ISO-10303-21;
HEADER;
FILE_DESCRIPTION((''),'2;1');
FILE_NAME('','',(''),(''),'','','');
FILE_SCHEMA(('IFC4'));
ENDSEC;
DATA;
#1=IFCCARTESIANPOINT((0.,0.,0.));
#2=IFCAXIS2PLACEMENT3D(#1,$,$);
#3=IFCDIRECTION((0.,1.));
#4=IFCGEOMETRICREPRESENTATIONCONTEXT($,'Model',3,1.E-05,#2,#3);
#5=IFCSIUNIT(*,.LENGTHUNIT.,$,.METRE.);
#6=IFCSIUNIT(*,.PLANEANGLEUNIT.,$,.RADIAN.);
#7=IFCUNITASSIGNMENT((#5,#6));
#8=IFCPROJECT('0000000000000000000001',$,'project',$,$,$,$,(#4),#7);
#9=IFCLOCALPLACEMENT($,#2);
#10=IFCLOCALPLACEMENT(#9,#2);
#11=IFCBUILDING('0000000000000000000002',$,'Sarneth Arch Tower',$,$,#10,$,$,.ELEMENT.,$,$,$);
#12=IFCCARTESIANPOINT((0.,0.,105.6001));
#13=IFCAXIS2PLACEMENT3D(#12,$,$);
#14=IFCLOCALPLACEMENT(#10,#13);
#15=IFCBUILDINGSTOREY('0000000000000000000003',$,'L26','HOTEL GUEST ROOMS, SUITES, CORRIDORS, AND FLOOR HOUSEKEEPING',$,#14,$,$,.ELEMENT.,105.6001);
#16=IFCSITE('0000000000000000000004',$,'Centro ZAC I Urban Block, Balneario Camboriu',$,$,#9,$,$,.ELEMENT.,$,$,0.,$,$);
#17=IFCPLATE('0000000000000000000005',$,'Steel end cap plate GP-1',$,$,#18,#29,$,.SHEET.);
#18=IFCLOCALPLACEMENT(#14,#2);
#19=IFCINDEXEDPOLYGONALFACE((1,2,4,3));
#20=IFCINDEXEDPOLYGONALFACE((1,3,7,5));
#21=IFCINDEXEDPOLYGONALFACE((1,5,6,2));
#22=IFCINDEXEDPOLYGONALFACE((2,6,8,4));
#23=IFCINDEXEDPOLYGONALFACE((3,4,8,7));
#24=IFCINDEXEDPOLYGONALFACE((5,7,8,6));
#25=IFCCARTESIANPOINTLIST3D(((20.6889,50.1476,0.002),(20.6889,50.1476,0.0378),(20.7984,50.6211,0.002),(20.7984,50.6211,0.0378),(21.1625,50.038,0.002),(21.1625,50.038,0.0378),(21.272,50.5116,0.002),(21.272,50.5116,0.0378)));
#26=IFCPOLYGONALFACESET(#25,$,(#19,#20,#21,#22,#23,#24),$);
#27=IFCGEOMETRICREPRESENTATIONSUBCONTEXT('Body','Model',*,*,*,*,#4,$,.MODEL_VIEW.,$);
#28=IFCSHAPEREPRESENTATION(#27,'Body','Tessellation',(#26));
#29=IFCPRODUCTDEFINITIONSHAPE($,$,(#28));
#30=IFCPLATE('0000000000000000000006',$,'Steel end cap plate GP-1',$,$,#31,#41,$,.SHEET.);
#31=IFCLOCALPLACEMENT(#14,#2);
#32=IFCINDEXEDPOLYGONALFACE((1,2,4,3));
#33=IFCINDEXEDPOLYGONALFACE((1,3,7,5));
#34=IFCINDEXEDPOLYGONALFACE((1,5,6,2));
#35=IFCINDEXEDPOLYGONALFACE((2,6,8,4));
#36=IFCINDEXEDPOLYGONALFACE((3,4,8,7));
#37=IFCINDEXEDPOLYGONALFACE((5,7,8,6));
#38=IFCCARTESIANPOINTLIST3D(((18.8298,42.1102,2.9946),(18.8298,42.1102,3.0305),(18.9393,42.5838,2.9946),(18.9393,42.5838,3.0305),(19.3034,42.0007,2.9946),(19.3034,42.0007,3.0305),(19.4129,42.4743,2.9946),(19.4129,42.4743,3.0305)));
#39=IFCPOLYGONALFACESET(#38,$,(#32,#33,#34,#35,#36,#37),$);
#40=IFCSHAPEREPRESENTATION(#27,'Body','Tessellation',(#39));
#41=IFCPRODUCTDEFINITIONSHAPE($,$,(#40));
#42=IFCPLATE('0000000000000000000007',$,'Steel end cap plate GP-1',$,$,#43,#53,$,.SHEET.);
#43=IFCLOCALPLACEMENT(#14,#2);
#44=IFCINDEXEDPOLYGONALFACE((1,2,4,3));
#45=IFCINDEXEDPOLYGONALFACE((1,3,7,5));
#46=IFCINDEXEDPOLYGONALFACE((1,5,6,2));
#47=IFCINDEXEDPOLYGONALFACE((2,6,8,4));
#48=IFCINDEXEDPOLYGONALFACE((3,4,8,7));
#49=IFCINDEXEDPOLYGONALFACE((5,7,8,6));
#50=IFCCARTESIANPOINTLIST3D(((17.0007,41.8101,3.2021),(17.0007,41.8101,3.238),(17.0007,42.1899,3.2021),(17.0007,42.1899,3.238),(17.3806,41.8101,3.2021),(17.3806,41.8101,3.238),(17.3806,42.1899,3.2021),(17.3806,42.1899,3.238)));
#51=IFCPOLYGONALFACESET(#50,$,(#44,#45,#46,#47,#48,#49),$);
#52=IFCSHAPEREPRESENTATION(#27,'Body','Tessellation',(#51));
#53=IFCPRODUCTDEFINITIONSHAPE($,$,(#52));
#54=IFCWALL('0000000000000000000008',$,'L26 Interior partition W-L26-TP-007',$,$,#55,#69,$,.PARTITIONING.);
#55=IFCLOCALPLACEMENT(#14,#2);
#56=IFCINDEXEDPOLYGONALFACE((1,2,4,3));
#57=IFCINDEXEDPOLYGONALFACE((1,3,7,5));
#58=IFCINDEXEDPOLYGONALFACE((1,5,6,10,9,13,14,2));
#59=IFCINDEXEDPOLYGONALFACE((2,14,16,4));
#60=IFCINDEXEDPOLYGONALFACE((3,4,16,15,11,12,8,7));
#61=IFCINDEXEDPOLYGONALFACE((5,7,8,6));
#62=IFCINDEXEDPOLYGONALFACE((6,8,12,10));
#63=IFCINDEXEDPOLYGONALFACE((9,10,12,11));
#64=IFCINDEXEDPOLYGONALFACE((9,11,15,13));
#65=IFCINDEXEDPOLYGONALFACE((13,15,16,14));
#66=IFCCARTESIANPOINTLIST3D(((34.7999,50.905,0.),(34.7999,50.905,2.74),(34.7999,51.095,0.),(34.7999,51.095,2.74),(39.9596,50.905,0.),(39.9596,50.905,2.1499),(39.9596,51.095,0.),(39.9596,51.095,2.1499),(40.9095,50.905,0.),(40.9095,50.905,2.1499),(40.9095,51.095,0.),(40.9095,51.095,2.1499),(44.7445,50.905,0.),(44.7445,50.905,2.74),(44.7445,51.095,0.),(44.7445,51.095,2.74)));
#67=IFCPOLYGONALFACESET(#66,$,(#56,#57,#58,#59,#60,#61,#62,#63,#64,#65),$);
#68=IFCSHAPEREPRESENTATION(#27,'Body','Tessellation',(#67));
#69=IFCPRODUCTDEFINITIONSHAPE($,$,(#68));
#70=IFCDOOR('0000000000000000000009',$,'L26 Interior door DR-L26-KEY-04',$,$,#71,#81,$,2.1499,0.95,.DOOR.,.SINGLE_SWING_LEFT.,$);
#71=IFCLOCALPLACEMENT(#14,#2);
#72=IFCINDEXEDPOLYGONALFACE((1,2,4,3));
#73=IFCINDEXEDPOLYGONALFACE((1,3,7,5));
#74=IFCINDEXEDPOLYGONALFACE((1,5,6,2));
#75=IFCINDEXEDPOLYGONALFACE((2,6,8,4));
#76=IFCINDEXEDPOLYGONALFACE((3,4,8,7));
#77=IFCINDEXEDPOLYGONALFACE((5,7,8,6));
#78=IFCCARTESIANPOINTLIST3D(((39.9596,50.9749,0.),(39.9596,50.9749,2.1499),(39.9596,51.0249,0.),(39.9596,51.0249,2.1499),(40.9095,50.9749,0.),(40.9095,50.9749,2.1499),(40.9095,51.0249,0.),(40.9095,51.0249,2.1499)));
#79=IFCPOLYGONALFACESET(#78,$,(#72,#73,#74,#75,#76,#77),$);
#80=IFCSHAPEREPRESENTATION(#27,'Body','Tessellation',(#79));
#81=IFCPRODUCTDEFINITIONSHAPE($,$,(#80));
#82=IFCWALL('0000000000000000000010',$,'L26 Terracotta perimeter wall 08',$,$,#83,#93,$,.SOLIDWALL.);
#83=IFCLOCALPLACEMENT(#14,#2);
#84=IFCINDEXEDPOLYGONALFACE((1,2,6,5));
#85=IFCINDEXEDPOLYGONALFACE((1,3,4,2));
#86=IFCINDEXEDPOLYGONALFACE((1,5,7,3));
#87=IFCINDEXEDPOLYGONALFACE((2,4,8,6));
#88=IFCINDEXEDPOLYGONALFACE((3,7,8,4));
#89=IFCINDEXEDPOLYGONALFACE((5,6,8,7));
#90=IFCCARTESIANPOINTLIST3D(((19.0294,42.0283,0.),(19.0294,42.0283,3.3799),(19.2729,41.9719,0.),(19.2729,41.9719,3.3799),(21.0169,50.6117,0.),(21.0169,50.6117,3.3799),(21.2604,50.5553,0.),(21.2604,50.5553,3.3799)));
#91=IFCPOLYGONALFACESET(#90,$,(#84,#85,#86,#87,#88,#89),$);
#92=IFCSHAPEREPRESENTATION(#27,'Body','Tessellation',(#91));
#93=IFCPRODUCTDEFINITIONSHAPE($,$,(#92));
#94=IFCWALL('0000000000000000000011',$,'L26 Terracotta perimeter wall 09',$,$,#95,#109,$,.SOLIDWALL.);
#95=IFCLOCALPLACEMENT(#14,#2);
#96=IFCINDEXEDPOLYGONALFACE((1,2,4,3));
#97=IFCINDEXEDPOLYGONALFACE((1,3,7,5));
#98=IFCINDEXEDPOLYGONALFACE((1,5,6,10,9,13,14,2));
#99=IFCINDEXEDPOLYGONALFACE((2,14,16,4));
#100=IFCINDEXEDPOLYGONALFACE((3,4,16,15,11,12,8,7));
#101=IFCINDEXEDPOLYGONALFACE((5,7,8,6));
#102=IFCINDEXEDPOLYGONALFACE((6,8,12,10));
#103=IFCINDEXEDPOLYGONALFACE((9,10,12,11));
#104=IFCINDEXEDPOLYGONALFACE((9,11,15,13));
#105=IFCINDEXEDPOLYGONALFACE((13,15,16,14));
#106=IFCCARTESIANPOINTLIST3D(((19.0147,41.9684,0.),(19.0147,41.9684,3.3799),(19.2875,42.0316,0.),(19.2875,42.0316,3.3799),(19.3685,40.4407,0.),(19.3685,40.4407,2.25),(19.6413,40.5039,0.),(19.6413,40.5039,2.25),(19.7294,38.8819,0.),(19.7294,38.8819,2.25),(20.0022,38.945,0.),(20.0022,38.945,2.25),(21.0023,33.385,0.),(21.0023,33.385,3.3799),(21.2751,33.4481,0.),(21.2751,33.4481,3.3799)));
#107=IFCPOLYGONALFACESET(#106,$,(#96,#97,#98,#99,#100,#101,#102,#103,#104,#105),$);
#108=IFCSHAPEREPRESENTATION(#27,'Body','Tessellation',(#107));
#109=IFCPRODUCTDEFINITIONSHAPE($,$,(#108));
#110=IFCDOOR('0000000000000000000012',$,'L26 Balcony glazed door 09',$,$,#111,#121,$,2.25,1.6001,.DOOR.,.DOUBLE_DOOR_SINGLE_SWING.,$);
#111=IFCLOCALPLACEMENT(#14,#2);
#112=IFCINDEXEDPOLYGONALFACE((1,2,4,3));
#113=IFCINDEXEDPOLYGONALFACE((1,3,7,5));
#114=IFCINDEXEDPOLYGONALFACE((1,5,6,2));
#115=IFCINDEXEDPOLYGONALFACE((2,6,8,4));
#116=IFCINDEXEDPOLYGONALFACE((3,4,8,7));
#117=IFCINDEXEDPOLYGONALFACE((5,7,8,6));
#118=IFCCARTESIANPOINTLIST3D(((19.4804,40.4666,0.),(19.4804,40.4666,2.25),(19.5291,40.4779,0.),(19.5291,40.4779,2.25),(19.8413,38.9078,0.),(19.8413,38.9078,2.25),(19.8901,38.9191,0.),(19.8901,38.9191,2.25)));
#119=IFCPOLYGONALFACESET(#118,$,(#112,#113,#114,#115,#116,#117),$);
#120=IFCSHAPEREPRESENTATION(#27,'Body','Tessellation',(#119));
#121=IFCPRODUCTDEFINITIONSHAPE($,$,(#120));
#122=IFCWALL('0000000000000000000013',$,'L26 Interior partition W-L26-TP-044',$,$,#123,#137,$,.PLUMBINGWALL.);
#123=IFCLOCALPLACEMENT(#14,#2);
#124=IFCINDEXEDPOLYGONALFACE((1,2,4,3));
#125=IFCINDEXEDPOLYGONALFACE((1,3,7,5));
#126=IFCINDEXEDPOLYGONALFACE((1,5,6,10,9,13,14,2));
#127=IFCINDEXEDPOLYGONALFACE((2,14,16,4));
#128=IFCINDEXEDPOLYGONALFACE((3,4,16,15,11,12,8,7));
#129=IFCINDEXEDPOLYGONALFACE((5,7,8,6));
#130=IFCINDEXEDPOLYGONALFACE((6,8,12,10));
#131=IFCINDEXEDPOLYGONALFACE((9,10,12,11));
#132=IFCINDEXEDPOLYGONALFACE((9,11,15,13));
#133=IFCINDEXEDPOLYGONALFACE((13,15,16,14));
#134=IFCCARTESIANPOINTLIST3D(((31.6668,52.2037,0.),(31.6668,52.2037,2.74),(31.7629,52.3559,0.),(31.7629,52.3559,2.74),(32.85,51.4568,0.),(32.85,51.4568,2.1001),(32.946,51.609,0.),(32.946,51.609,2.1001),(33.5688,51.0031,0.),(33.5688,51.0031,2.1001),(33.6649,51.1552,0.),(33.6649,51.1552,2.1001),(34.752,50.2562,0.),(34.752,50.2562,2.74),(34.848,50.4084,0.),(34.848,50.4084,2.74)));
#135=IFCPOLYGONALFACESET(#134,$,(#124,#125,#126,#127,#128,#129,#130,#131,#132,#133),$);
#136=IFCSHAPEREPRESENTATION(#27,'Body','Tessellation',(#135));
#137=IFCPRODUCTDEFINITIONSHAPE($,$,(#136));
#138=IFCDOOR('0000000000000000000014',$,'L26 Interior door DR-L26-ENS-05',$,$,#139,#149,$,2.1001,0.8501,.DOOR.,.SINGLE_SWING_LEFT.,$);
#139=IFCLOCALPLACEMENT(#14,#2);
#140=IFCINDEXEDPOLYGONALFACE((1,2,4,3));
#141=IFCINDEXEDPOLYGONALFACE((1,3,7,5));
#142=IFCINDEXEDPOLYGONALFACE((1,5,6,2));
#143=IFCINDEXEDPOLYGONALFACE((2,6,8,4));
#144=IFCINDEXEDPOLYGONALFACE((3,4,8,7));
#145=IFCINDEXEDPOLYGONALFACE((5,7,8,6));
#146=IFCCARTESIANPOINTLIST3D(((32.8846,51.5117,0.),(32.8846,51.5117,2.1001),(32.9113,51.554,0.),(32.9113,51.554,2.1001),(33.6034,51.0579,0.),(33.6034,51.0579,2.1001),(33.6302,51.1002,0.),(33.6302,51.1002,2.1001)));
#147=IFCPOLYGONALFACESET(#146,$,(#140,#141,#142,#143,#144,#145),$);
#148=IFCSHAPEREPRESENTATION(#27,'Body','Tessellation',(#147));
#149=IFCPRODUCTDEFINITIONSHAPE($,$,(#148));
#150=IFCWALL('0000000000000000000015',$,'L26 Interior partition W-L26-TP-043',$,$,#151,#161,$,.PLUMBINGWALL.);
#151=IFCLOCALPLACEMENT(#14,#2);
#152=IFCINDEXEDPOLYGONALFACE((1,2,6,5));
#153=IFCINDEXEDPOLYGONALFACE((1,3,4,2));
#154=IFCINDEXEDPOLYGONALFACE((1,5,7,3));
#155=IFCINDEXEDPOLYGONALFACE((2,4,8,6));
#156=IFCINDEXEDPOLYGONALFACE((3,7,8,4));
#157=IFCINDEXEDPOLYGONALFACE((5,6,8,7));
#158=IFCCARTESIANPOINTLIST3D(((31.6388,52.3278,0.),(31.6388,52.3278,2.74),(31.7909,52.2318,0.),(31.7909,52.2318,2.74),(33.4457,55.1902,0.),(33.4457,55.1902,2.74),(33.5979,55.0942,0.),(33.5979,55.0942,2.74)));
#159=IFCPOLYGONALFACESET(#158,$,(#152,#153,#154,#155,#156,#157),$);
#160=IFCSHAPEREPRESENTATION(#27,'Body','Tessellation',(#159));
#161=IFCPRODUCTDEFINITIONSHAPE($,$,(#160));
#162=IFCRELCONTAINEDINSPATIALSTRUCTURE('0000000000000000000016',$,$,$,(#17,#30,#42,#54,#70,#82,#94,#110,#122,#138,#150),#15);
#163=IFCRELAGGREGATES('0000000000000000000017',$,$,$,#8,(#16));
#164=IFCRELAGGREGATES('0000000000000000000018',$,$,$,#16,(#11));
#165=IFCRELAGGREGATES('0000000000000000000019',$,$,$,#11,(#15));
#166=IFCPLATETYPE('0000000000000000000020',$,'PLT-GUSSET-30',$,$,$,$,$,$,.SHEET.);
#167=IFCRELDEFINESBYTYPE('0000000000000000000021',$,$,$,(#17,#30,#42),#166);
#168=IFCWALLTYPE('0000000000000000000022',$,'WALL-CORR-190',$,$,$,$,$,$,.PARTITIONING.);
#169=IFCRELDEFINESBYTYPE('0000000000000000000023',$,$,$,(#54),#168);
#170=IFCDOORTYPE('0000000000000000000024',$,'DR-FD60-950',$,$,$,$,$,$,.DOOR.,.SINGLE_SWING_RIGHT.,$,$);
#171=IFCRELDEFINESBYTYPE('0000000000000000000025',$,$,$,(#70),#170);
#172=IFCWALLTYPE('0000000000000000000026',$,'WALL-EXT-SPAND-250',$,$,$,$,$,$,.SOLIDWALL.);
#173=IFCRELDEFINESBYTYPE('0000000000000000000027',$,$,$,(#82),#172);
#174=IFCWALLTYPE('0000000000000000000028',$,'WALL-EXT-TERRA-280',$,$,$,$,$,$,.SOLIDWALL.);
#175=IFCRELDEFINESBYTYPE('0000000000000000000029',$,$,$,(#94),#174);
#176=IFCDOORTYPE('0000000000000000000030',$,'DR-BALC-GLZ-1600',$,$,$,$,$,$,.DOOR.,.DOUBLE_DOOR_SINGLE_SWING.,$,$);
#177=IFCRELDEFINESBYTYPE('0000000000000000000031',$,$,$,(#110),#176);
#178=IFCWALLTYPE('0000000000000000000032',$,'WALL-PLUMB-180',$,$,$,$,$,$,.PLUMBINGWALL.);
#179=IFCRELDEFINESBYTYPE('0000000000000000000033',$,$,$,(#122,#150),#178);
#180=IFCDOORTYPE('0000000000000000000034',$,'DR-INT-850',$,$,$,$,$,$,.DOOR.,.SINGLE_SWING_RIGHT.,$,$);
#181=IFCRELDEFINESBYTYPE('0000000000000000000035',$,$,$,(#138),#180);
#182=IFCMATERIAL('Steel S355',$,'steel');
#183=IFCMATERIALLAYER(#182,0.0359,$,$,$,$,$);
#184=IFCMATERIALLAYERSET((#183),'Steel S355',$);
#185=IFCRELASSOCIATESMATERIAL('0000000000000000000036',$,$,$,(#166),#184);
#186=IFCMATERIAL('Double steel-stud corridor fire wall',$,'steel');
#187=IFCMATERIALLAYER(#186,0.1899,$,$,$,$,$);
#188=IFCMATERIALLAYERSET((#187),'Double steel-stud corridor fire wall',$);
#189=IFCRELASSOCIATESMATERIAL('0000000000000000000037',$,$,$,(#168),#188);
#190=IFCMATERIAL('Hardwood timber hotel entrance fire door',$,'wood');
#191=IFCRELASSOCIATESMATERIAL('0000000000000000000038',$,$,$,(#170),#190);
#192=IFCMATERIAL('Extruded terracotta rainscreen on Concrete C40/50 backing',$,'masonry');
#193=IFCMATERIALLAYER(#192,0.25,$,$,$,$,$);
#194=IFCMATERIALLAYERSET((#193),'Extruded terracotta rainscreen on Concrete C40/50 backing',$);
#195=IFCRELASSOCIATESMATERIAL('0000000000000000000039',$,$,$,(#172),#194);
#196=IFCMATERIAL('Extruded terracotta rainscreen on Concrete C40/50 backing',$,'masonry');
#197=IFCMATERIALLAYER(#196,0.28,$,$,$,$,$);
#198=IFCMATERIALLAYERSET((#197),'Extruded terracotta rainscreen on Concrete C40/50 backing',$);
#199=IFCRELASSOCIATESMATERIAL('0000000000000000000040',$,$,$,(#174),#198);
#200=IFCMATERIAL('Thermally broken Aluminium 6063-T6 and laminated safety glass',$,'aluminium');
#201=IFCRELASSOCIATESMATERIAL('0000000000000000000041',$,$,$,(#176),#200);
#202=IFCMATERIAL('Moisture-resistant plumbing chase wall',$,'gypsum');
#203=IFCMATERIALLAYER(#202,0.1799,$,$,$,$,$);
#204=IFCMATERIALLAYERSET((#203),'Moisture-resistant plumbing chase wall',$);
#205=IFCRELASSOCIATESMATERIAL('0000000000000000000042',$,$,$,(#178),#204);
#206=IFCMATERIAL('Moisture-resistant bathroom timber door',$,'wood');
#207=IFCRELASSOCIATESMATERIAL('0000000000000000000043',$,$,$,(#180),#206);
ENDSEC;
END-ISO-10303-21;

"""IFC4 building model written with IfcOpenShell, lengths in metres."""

from ifc_helpers import new_model, si_unit, direction, frame, frame_2d, origin, origin_2d, place, context, subcontext, project, spatial, rectangle, extrude, material, layer, layer_set, type_object, element, fill, save


model = new_model("IFC4")

# Units and contexts
model_context = context("Model", 3, precision=1e-05, world=origin(), true_north=direction((0.0, 1.0)))
body_context = subcontext(model_context, "Body", "Model", "MODEL_VIEW")
ifc_project = project(units=[si_unit("LENGTHUNIT", "METRE"), si_unit("PLANEANGLEUNIT", "RADIAN")], contexts=[model_context])

# Site, building, storey
site_placement = place(None, origin())
site = spatial("IfcSite", under=ifc_project, at=site_placement, Name="Centro ZAC I Urban Block, Balneario Camboriu", CompositionType="ELEMENT", RefElevation=0.0)
building_placement = place(site_placement, origin())
building = spatial("IfcBuilding", under=site, at=building_placement, Name="Sarneth Arch Tower", CompositionType="ELEMENT")
storey_placement = place(building_placement, frame((0.0, 0.0, 105.6001)))
storey = spatial("IfcBuildingStorey", under=building, at=storey_placement, Name="L26", Description="HOTEL GUEST ROOMS, SUITES, CORRIDORS, AND FLOOR HOUSEKEEPING", CompositionType="ELEMENT", Elevation=105.6001)

# Plates
ifc_material_1 = material(Name="Steel S355", Category="steel")
ifc_layer_1 = layer(ifc_material_1, 0.0359)
ifc_layer_set_1 = layer_set([ifc_layer_1], Name="Steel S355")
plate_type = type_object("IfcPlateType", Name="PLT-GUSSET-30", PredefinedType="SHEET", material=ifc_layer_set_1)
for number, where, z_axis, x_axis, name in (
    (1, (20.9805, 50.3296, 0.002), (0.0, 0.0, 1.0), (-0.225291, -0.974291, 0.0), "Steel end cap plate GP-1"),
    (2, (19.1213, 42.2922, 2.9946), (0.0, 0.0, 1.0), (-0.225291, -0.974291, 0.0), "Steel end cap plate GP-1"),
):
    element("IfcPlate", number, at=place(storey_placement, frame(where, z_axis=z_axis, x_axis=x_axis)), inside=storey, type_object=plate_type, Name=name, PredefinedType="SHEET", context=body_context, shape_type="SweptSolid", body=[
        extrude(rectangle(XDim=0.4861, YDim=0.4861, at=origin_2d()), origin(), (0.0, 0.0, 1.0), 0.0359),
    ])
plate_placement = place(storey_placement, frame((17.1907, 42.0, 3.2021), z_axis=(0.0, 0.0, 1.0), x_axis=(-1.0, 0.0, 0.0)))
element("IfcPlate", 3, at=plate_placement, inside=storey, type_object=plate_type, Name="Steel end cap plate GP-1", PredefinedType="SHEET", context=body_context, shape_type="SweptSolid", body=[
    extrude(rectangle(XDim=0.3799, YDim=0.3799, at=origin_2d()), origin(), (0.0, 0.0, 1.0), 0.0359),
])

# Wall, opening, door
ifc_material_2 = material(Name="Double steel-stud corridor fire wall", Category="steel")
ifc_layer_2 = layer(ifc_material_2, 0.1899)
ifc_layer_set_2 = layer_set([ifc_layer_2], Name="Double steel-stud corridor fire wall")
wall_type_1 = type_object("IfcWallType", Name="WALL-CORR-190", PredefinedType="PARTITIONING", material=ifc_layer_set_2)
wall_1_placement = place(storey_placement, frame((34.8, 51.0, 0.0), z_axis=(0.0, 0.0, 1.0), x_axis=(1.0, 0.0, 0.0)))
wall_1 = element("IfcWall", 4, at=wall_1_placement, inside=storey, type_object=wall_type_1, Name="L26 Interior partition W-L26-TP-007", PredefinedType="PARTITIONING", context=body_context, shape_type="SweptSolid", body=[
    extrude(rectangle(XDim=9.9446, YDim=0.1899, at=frame_2d((4.9722, 0.0))), origin(), (0.0, 0.0, 1.0), 2.74),
])
opening_1_placement = place(wall_1_placement, frame((5.1594, 0.0, 0.0)))
opening_1 = element("IfcOpeningElement", 5, at=opening_1_placement, cuts=wall_1, PredefinedType="OPENING", context=body_context, shape_type="SweptSolid", body=[
    extrude(rectangle(XDim=0.95, YDim=2.1499, at=frame_2d((0.4751, 1.075))), frame((0.0, 0.105, 0.0), z_axis=(0.0, -1.0, 0.0), x_axis=(1.0, 0.0, 0.0)), (0.0, 0.0, 1.0), 0.21),
])
ifc_material_3 = material(Name="Hardwood timber hotel entrance fire door", Category="wood")
door_type_1 = type_object("IfcDoorType", Name="DR-FD60-950", OperationType="SINGLE_SWING_RIGHT", PredefinedType="DOOR", material=ifc_material_3)
door_1_placement = place(opening_1_placement, origin())
door_1 = element("IfcDoor", 6, at=door_1_placement, inside=storey, type_object=door_type_1, Name="L26 Interior door DR-L26-KEY-04", OperationType="SINGLE_SWING_LEFT", OverallHeight=2.1499, OverallWidth=0.95, PredefinedType="DOOR", context=body_context, shape_type="SweptSolid", body=[
    extrude(rectangle(XDim=0.95, YDim=2.1499, at=frame_2d((0.4751, 1.075))), frame((0.0, 0.0249, 0.0), z_axis=(0.0, -1.0, 0.0), x_axis=(1.0, 0.0, 0.0)), (0.0, 0.0, 1.0), 0.05),
])
fill(opening_1, door_1)

# Wall
ifc_material_4 = material(Name="Extruded terracotta rainscreen on Concrete C40/50 backing", Category="masonry")
ifc_layer_3 = layer(ifc_material_4, 0.25)
ifc_layer_set_3 = layer_set([ifc_layer_3], Name="Extruded terracotta rainscreen on Concrete C40/50 backing")
wall_type_2 = type_object("IfcWallType", Name="WALL-EXT-SPAND-250", PredefinedType="SOLIDWALL", material=ifc_layer_set_3)
wall_2_placement = place(storey_placement, frame((21.1387, 50.5835, 0.0), z_axis=(0.0, 0.0, 1.0), x_axis=(-0.225586, -0.974223, 0.0)))
element("IfcWall", 7, at=wall_2_placement, inside=storey, type_object=wall_type_2, Name="L26 Terracotta perimeter wall 08", PredefinedType="SOLIDWALL", context=body_context, shape_type="SweptSolid", body=[
    extrude(rectangle(XDim=8.8105, YDim=0.25, at=frame_2d((4.4053, 0.0))), origin(), (0.0, 0.0, 1.0), 3.3799),
])

# Walls, openings, doors
ifc_material_5 = material(Name="Extruded terracotta rainscreen on Concrete C40/50 backing", Category="masonry")
ifc_layer_4 = layer(ifc_material_5, 0.28)
ifc_layer_set_4 = layer_set([ifc_layer_4], Name="Extruded terracotta rainscreen on Concrete C40/50 backing")
wall_type_3 = type_object("IfcWallType", Name="WALL-EXT-TERRA-280", PredefinedType="SOLIDWALL", material=ifc_layer_set_4)
wall_3_placement = place(storey_placement, frame((19.1511, 42.0, 0.0), z_axis=(0.0, 0.0, 1.0), x_axis=(0.225586, -0.974223, 0.0)))
wall_3 = element("IfcWall", 8, at=wall_3_placement, inside=storey, type_object=wall_type_3, Name="L26 Terracotta perimeter wall 09", PredefinedType="SOLIDWALL", context=body_context, shape_type="SweptSolid", body=[
    extrude(rectangle(XDim=8.8105, YDim=0.28, at=frame_2d((4.4053, 0.0))), origin(), (0.0, 0.0, 1.0), 3.3799),
])
opening_2_placement = place(wall_3_placement, frame((1.5681, 0.0, 0.0)))
opening_2 = element("IfcOpeningElement", 9, at=opening_2_placement, cuts=wall_3, PredefinedType="OPENING", context=body_context, shape_type="SweptSolid", body=[
    extrude(rectangle(XDim=1.6001, YDim=2.25, at=frame_2d((0.8, 1.125))), frame((0.0, 0.1499, 0.0), z_axis=(0.0, -1.0, 0.0), x_axis=(1.0, 0.0, 0.0)), (0.0, 0.0, 1.0), 0.3),
])
ifc_material_6 = material(Name="Thermally broken Aluminium 6063-T6 and laminated safety glass", Category="aluminium")
door_type_2 = type_object("IfcDoorType", Name="DR-BALC-GLZ-1600", OperationType="DOUBLE_DOOR_SINGLE_SWING", PredefinedType="DOOR", material=ifc_material_6)
door_2_placement = place(opening_2_placement, origin())
door_2 = element("IfcDoor", 10, at=door_2_placement, inside=storey, type_object=door_type_2, Name="L26 Balcony glazed door 09", OperationType="DOUBLE_DOOR_SINGLE_SWING", OverallHeight=2.25, OverallWidth=1.6001, PredefinedType="DOOR", context=body_context, shape_type="SweptSolid", body=[
    extrude(rectangle(XDim=1.6001, YDim=2.25, at=frame_2d((0.8, 1.125))), frame((0.0, 0.0249, 0.0), z_axis=(0.0, -1.0, 0.0), x_axis=(1.0, 0.0, 0.0)), (0.0, 0.0, 1.0), 0.05),
])
fill(opening_2, door_2)
ifc_material_7 = material(Name="Moisture-resistant plumbing chase wall", Category="gypsum")
ifc_layer_5 = layer(ifc_material_7, 0.1799)
ifc_layer_set_5 = layer_set([ifc_layer_5], Name="Moisture-resistant plumbing chase wall")
wall_type_4 = type_object("IfcWallType", Name="WALL-PLUMB-180", PredefinedType="PLUMBINGWALL", material=ifc_layer_set_5)
wall_4_placement = place(storey_placement, frame((31.7148, 52.2798, 0.0), z_axis=(0.0, 0.0, 1.0), x_axis=(0.845618, -0.533789, 0.0)))
wall_4 = element("IfcWall", 11, at=wall_4_placement, inside=storey, type_object=wall_type_4, Name="L26 Interior partition W-L26-TP-044", PredefinedType="PLUMBINGWALL", context=body_context, shape_type="SweptSolid", body=[
    extrude(rectangle(XDim=3.6484, YDim=0.1799, at=frame_2d((1.8242, 0.0))), origin(), (0.0, 0.0, 1.0), 2.74),
])
opening_3_placement = place(wall_4_placement, frame((1.3992, 0.0, 0.0)))
opening_3 = element("IfcOpeningElement", 12, at=opening_3_placement, cuts=wall_4, PredefinedType="OPENING", context=body_context, shape_type="SweptSolid", body=[
    extrude(rectangle(XDim=0.8501, YDim=2.1001, at=frame_2d((0.425, 1.05))), frame((0.0, 0.0999, 0.0), z_axis=(0.0, -1.0, 0.0), x_axis=(1.0, 0.0, 0.0)), (0.0, 0.0, 1.0), 0.2),
])
ifc_material_8 = material(Name="Moisture-resistant bathroom timber door", Category="wood")
door_type_3 = type_object("IfcDoorType", Name="DR-INT-850", OperationType="SINGLE_SWING_RIGHT", PredefinedType="DOOR", material=ifc_material_8)
door_3_placement = place(opening_3_placement, origin())
door_3 = element("IfcDoor", 13, at=door_3_placement, inside=storey, type_object=door_type_3, Name="L26 Interior door DR-L26-ENS-05", OperationType="SINGLE_SWING_LEFT", OverallHeight=2.1001, OverallWidth=0.8501, PredefinedType="DOOR", context=body_context, shape_type="SweptSolid", body=[
    extrude(rectangle(XDim=0.8501, YDim=2.1001, at=frame_2d((0.425, 1.05))), frame((0.0, 0.0249, 0.0), z_axis=(0.0, -1.0, 0.0), x_axis=(1.0, 0.0, 0.0)), (0.0, 0.0, 1.0), 0.05),
])
fill(opening_3, door_3)

# Wall
wall_5_placement = place(storey_placement, frame((33.5217, 55.1421, 0.0), z_axis=(0.0, 0.0, 1.0), x_axis=(-0.533806, -0.845607, 0.0)))
element("IfcWall", 14, at=wall_5_placement, inside=storey, type_object=wall_type_4, Name="L26 Interior partition W-L26-TP-043", PredefinedType="PLUMBINGWALL", context=body_context, shape_type="SweptSolid", body=[
    extrude(rectangle(XDim=3.385, YDim=0.1799, at=frame_2d((1.6924, 0.0))), origin(), (0.0, 0.0, 1.0), 2.74),
])

save(model, "model.ifc")
